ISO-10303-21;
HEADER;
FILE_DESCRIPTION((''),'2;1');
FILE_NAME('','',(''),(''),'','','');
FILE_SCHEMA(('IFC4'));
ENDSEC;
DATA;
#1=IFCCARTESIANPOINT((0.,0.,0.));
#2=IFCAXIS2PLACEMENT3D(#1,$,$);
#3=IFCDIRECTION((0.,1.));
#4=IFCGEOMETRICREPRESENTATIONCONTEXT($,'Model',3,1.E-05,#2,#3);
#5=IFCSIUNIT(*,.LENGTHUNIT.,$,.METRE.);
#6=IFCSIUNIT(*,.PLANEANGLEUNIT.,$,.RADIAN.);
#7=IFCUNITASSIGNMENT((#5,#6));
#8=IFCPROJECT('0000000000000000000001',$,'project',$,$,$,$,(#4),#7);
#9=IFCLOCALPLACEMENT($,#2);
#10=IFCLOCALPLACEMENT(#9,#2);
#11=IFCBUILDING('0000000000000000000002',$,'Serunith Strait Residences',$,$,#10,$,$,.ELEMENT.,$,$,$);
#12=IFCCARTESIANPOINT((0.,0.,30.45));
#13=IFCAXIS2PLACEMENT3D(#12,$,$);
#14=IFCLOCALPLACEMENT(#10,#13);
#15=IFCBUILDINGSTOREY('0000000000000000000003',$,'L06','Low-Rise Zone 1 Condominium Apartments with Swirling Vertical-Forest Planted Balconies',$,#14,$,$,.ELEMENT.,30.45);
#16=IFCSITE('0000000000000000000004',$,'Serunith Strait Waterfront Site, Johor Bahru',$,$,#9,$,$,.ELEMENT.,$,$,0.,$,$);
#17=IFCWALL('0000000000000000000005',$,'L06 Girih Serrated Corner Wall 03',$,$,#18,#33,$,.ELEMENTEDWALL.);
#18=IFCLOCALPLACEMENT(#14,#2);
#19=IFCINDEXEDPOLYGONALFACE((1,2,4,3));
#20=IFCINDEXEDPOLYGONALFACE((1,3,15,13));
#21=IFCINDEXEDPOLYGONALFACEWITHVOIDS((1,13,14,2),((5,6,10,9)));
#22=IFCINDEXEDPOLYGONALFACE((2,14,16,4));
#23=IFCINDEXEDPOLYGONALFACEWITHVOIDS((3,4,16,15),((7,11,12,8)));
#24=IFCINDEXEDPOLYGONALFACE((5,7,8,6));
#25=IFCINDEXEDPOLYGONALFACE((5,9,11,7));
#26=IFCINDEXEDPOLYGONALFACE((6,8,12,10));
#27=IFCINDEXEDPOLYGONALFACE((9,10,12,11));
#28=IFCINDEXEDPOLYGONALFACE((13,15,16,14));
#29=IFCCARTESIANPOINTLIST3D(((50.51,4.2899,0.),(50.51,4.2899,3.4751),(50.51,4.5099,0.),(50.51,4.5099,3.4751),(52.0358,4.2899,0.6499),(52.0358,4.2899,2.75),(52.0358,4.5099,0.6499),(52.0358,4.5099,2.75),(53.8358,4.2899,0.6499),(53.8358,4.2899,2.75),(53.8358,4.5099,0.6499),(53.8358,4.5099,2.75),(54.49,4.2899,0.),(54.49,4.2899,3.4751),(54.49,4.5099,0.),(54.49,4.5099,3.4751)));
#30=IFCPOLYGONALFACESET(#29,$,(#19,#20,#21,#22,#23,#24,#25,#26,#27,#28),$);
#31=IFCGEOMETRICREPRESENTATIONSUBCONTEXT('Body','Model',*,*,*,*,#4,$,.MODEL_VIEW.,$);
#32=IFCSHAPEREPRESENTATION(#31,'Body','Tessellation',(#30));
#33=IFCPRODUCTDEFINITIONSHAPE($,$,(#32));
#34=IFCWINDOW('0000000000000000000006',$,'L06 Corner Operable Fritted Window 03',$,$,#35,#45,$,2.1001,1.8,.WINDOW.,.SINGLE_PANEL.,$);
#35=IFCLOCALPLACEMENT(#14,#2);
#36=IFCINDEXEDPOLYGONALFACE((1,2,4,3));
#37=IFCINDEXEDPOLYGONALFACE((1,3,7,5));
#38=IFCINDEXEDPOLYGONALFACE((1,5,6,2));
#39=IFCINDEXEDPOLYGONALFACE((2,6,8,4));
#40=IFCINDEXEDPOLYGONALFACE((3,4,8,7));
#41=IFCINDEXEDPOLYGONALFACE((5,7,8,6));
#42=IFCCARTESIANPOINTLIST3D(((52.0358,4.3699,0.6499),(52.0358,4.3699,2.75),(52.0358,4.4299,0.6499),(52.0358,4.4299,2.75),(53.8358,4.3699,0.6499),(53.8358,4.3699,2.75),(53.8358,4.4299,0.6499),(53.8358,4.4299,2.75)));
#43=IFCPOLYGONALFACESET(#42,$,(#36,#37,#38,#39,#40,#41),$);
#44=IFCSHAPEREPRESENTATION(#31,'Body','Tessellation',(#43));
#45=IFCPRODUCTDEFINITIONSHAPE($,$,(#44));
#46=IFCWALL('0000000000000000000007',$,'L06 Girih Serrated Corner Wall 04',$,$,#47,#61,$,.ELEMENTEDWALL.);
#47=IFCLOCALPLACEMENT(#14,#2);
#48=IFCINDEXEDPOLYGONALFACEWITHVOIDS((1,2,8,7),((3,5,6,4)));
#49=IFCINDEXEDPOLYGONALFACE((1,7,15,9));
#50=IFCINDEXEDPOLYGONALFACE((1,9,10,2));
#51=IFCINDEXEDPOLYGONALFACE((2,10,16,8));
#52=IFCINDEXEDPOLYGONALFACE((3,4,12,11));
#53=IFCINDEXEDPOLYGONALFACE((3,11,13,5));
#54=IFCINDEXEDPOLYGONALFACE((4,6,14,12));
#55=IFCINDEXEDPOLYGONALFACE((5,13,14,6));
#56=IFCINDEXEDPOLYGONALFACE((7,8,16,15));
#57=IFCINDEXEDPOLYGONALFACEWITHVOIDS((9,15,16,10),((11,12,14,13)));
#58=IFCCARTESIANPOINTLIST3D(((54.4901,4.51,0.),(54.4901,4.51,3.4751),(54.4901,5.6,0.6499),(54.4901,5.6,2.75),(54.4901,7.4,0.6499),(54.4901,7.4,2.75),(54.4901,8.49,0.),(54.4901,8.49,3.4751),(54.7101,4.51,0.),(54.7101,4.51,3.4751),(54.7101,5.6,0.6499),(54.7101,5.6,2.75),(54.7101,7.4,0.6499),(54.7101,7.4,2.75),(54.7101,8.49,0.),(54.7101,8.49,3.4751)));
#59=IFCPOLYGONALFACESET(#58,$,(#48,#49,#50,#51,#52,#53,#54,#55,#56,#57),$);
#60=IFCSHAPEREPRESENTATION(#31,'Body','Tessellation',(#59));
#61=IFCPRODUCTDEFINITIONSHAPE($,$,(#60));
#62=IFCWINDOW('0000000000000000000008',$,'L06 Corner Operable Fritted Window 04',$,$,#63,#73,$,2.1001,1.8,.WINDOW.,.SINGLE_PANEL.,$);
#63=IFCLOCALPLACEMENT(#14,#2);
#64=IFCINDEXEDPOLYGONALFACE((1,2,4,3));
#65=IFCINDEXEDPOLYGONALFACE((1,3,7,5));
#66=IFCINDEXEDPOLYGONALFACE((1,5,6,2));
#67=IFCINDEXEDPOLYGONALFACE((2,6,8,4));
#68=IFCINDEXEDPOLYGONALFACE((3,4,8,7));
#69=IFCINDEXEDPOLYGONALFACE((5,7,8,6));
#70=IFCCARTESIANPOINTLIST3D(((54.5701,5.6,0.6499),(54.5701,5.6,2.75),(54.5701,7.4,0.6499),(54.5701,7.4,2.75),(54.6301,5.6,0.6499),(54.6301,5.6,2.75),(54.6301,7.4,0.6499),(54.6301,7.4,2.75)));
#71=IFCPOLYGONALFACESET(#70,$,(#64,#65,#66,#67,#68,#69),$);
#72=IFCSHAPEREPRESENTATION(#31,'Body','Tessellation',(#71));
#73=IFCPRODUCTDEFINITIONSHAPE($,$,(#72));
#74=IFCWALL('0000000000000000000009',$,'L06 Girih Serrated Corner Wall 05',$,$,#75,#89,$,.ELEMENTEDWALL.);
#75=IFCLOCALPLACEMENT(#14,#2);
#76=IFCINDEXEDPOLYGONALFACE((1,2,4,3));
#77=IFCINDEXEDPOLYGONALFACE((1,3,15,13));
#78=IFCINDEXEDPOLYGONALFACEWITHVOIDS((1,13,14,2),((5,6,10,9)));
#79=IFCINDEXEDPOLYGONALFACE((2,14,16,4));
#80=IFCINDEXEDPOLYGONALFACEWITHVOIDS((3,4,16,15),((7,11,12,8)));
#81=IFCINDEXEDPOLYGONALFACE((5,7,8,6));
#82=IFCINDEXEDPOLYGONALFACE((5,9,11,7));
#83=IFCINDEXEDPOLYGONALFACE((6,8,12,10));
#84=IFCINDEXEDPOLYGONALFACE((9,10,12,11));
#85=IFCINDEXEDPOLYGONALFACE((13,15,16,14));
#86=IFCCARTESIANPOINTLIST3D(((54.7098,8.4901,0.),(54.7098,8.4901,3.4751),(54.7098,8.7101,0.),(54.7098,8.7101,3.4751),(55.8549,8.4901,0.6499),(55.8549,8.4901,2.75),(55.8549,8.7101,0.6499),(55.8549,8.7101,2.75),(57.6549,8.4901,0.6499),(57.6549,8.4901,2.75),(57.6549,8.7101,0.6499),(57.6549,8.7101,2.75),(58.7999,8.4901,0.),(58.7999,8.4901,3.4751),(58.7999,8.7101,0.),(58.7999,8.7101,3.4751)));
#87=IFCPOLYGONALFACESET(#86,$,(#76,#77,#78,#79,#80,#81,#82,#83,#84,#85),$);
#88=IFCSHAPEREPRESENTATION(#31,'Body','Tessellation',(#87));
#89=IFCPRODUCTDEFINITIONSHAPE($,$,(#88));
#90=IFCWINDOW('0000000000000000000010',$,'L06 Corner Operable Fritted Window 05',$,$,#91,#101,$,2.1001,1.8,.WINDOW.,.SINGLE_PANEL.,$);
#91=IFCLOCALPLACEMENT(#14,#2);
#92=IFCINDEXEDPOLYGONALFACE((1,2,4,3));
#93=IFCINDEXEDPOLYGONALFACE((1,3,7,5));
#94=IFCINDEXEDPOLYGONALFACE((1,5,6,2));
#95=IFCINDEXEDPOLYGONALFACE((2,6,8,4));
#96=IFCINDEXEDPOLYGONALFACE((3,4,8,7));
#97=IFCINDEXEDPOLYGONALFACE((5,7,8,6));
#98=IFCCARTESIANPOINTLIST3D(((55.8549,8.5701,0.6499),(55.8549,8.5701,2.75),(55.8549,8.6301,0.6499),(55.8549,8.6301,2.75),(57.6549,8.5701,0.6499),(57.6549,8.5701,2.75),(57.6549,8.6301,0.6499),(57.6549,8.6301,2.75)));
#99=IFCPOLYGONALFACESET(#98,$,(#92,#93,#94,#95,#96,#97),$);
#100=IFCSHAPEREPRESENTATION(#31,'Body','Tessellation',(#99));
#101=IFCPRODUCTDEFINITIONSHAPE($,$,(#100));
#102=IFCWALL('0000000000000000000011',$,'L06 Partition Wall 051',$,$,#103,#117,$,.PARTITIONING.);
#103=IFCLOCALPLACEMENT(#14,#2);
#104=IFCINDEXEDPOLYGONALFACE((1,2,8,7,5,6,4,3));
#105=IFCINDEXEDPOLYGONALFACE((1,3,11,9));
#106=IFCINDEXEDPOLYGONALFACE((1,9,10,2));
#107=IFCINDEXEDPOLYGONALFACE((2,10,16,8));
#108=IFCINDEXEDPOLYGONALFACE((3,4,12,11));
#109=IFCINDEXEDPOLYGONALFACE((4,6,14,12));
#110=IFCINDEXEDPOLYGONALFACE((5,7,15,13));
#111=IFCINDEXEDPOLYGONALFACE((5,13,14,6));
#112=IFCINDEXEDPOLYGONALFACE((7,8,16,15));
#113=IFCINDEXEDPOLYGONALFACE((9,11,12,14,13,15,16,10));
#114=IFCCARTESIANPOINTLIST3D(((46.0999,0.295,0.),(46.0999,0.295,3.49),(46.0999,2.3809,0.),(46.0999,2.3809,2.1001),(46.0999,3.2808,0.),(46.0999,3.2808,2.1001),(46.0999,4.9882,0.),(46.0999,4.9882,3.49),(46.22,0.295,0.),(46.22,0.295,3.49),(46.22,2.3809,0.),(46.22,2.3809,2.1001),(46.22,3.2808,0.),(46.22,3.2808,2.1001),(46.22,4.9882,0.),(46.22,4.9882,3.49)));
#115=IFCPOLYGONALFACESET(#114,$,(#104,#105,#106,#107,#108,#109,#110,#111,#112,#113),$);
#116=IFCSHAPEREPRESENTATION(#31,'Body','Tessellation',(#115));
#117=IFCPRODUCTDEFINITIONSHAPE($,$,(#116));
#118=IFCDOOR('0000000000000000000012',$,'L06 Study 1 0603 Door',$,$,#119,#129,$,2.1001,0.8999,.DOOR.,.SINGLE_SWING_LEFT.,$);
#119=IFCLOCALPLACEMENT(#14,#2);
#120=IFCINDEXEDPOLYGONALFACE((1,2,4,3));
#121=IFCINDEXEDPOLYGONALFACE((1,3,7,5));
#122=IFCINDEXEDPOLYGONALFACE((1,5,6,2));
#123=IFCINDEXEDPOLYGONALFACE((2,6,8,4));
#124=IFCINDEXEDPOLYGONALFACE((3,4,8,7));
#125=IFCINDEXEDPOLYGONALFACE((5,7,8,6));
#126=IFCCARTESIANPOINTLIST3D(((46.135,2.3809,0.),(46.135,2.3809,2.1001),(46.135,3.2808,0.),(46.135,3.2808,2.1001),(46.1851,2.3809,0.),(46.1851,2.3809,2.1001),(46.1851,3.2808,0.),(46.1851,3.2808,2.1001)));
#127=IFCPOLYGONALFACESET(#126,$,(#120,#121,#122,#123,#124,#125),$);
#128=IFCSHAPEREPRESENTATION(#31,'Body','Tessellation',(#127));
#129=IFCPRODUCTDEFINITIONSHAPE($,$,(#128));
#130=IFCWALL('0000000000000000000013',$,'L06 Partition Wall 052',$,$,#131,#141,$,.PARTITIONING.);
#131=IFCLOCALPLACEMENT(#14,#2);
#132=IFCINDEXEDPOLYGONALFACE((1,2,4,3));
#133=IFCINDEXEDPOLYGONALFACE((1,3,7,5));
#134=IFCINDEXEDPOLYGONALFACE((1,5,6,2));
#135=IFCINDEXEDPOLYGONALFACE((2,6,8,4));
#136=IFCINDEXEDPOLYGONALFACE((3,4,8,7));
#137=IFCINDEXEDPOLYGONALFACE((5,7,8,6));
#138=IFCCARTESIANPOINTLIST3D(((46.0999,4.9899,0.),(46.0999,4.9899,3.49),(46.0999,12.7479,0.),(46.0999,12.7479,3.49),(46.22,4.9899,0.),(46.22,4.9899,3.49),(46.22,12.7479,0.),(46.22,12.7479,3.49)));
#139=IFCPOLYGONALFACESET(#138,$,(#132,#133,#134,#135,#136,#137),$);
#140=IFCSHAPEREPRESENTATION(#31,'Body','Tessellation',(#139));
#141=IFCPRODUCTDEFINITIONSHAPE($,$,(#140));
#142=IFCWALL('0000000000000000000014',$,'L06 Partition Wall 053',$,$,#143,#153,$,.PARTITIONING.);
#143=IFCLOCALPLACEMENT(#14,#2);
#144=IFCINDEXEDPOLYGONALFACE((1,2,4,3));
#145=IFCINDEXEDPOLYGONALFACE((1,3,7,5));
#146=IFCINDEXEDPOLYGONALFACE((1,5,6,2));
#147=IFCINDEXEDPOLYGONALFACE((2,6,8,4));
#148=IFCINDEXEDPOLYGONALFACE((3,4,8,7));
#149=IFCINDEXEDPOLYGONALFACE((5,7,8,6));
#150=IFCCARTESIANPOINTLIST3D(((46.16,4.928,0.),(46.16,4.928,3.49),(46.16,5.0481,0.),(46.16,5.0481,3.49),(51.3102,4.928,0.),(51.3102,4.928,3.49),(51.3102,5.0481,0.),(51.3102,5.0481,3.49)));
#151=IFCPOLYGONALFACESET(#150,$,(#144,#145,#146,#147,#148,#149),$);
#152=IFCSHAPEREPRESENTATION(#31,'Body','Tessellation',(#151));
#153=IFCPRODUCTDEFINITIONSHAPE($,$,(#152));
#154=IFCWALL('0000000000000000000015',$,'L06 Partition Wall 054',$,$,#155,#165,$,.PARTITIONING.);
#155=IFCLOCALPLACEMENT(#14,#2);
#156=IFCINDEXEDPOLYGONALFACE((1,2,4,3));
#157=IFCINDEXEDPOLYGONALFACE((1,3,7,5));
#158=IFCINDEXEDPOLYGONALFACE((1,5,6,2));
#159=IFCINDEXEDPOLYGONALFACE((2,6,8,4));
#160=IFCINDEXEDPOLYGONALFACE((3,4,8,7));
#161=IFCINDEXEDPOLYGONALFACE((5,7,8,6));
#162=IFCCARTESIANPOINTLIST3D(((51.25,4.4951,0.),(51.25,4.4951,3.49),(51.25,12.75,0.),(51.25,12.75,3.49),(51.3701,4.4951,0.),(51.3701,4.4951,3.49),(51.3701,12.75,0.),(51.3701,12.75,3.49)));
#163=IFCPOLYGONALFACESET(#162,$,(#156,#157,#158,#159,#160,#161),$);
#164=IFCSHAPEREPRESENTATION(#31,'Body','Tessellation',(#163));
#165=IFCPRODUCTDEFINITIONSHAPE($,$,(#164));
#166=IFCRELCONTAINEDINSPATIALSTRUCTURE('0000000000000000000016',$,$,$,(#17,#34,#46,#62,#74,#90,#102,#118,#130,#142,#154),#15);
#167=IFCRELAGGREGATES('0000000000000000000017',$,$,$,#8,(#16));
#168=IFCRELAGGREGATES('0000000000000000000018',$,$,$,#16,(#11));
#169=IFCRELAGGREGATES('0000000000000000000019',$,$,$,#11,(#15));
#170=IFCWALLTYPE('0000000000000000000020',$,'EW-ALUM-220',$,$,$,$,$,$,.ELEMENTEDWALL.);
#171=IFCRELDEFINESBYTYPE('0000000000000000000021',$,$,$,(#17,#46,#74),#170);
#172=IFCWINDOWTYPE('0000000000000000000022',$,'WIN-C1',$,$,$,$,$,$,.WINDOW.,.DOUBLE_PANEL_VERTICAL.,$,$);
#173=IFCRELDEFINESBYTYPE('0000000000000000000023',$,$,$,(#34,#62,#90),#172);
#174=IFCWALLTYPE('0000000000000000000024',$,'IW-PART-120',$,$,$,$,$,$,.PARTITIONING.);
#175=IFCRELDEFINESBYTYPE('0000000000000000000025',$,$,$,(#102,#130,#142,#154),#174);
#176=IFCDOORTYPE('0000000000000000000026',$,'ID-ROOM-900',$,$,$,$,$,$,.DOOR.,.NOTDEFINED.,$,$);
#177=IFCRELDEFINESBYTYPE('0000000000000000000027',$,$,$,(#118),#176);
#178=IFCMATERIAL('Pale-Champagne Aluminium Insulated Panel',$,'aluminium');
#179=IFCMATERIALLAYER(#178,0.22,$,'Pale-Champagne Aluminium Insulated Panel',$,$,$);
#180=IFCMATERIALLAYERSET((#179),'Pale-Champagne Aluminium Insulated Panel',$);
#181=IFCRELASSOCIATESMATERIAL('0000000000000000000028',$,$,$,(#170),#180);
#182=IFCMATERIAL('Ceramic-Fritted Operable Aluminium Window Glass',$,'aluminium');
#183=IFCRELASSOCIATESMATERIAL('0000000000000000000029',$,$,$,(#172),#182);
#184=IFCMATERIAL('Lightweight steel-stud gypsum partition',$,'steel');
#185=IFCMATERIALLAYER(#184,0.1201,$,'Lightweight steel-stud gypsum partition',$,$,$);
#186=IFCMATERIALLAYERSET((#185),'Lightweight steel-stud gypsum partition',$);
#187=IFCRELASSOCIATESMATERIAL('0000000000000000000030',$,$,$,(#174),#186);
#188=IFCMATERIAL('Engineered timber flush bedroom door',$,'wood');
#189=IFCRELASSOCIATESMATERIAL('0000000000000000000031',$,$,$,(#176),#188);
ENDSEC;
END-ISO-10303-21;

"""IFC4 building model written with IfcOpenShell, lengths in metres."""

from ifc_helpers import new_model, si_unit, direction, frame, frame_2d, origin, place, context, subcontext, project, spatial, rectangle, extrude, source, transform, mapped, material, layer, layer_set, type_object, element, fill, save


model = new_model("IFC4")

# Units and contexts
model_context = context("Model", 3, precision=1e-05, world=origin(), true_north=direction((0.0, 1.0)))
body_context = subcontext(model_context, "Body", "Model", "MODEL_VIEW")
ifc_project = project(units=[si_unit("LENGTHUNIT", "METRE"), si_unit("PLANEANGLEUNIT", "RADIAN")], contexts=[model_context])

# Site, building, storey
site_placement = place(None, origin())
site = spatial("IfcSite", under=ifc_project, at=site_placement, Name="Serunith Strait Waterfront Site, Johor Bahru", CompositionType="ELEMENT", RefElevation=0.0)
building_placement = place(site_placement, origin())
building = spatial("IfcBuilding", under=site, at=building_placement, Name="Serunith Strait Residences", CompositionType="ELEMENT")
storey_placement = place(building_placement, frame((0.0, 0.0, 30.45)))
storey = spatial("IfcBuildingStorey", under=building, at=storey_placement, Name="L06", Description="Low-Rise Zone 1 Condominium Apartments with Swirling Vertical-Forest Planted Balconies", CompositionType="ELEMENT", Elevation=30.45)

# Walls, openings, windows
ifc_material_1 = material(Name="Pale-Champagne Aluminium Insulated Panel", Category="aluminium")
ifc_layer_1 = layer(ifc_material_1, 0.22, Name="Pale-Champagne Aluminium Insulated Panel")
ifc_layer_set_1 = layer_set([ifc_layer_1], Name="Pale-Champagne Aluminium Insulated Panel")
wall_type_1 = type_object("IfcWallType", Name="EW-ALUM-220", PredefinedType="ELEMENTEDWALL", material=ifc_layer_set_1)
ifc_material_2 = material(Name="Ceramic-Fritted Operable Aluminium Window Glass", Category="aluminium")
window_type = type_object("IfcWindowType", Name="WIN-C1", PartitioningType="DOUBLE_PANEL_VERTICAL", PredefinedType="WINDOW", material=ifc_material_2)
shared_shape_1 = source(origin(), body_context, "Body", "SweptSolid", [
    extrude(rectangle(XDim=1.8, YDim=2.1001, at=frame_2d((0.8999, 1.05))), frame((0.0, 0.03, 0.0), z_axis=(0.0, -1.0, 0.0), x_axis=(1.0, 0.0, 0.0)), (0.0, 0.0, 1.0), 0.0601),
])
wall_1_placement = place(storey_placement, frame((50.51, 4.3999, 0.0), z_axis=(0.0, 0.0, 1.0), x_axis=(1.0, 0.0, 0.0)))
wall_1 = element("IfcWall", 1, at=wall_1_placement, inside=storey, type_object=wall_type_1, Name="L06 Girih Serrated Corner Wall 03", PredefinedType="ELEMENTEDWALL", context=body_context, shape_type="SweptSolid", body=[
    extrude(rectangle(XDim=3.98, YDim=0.22, at=frame_2d((1.99, 0.0))), origin(), (0.0, 0.0, 1.0), 3.4751),
])
opening_1_placement = place(wall_1_placement, frame((1.5259, 0.0, 0.6499)))
opening_1 = element("IfcOpeningElement", 2, at=opening_1_placement, cuts=wall_1, PredefinedType="OPENING", context=body_context, shape_type="SweptSolid", body=[
    extrude(rectangle(XDim=1.8, YDim=2.1001, at=frame_2d((0.8999, 1.05))), frame((0.0, 0.1201, 0.0), z_axis=(0.0, -1.0, 0.0), x_axis=(1.0, 0.0, 0.0)), (0.0, 0.0, 1.0), 0.24),
])
window_1_placement = place(opening_1_placement, origin())
window_1 = element("IfcWindow", 3, at=window_1_placement, inside=storey, type_object=window_type, Name="L06 Corner Operable Fritted Window 03", OverallHeight=2.1001, OverallWidth=1.8, PartitioningType="SINGLE_PANEL", PredefinedType="WINDOW", context=body_context, shape_type="MappedRepresentation", body=[
    mapped(shared_shape_1, transform((0.0, 0.0, 0.0), scale=1.0)),
])
fill(opening_1, window_1)
wall_2_placement = place(storey_placement, frame((54.6001, 4.51, 0.0), z_axis=(0.0, 0.0, 1.0), x_axis=(0.0, 1.0, 0.0)))
wall_2 = element("IfcWall", 4, at=wall_2_placement, inside=storey, type_object=wall_type_1, Name="L06 Girih Serrated Corner Wall 04", PredefinedType="ELEMENTEDWALL", context=body_context, shape_type="SweptSolid", body=[
    extrude(rectangle(XDim=3.98, YDim=0.22, at=frame_2d((1.99, 0.0))), origin(), (0.0, 0.0, 1.0), 3.4751),
])
opening_2_placement = place(wall_2_placement, frame((1.0901, 0.0, 0.6499)))
opening_2 = element("IfcOpeningElement", 5, at=opening_2_placement, cuts=wall_2, PredefinedType="OPENING", context=body_context, shape_type="SweptSolid", body=[
    extrude(rectangle(XDim=1.8, YDim=2.1001, at=frame_2d((0.8999, 1.05))), frame((0.0, 0.1201, 0.0), z_axis=(0.0, -1.0, 0.0), x_axis=(1.0, 0.0, 0.0)), (0.0, 0.0, 1.0), 0.24),
])
window_2_placement = place(opening_2_placement, origin())
window_2 = element("IfcWindow", 6, at=window_2_placement, inside=storey, type_object=window_type, Name="L06 Corner Operable Fritted Window 04", OverallHeight=2.1001, OverallWidth=1.8, PartitioningType="SINGLE_PANEL", PredefinedType="WINDOW", context=body_context, shape_type="MappedRepresentation", body=[
    mapped(shared_shape_1, transform((0.0, 0.0, 0.0), scale=1.0)),
])
fill(opening_2, window_2)
wall_3_placement = place(storey_placement, frame((54.71, 8.6001, 0.0), z_axis=(0.0, 0.0, 1.0), x_axis=(1.0, 0.0, 0.0)))
wall_3 = element("IfcWall", 7, at=wall_3_placement, inside=storey, type_object=wall_type_1, Name="L06 Girih Serrated Corner Wall 05", PredefinedType="ELEMENTEDWALL", context=body_context, shape_type="SweptSolid", body=[
    extrude(rectangle(XDim=4.0901, YDim=0.22, at=frame_2d((2.0449, 0.0))), origin(), (0.0, 0.0, 1.0), 3.4751),
])
opening_3_placement = place(wall_3_placement, frame((1.145, 0.0, 0.6499)))
opening_3 = element("IfcOpeningElement", 8, at=opening_3_placement, cuts=wall_3, PredefinedType="OPENING", context=body_context, shape_type="SweptSolid", body=[
    extrude(rectangle(XDim=1.8, YDim=2.1001, at=frame_2d((0.8999, 1.05))), frame((0.0, 0.1201, 0.0), z_axis=(0.0, -1.0, 0.0), x_axis=(1.0, 0.0, 0.0)), (0.0, 0.0, 1.0), 0.24),
])
window_3_placement = place(opening_3_placement, origin())
window_3 = element("IfcWindow", 9, at=window_3_placement, inside=storey, type_object=window_type, Name="L06 Corner Operable Fritted Window 05", OverallHeight=2.1001, OverallWidth=1.8, PartitioningType="SINGLE_PANEL", PredefinedType="WINDOW", context=body_context, shape_type="MappedRepresentation", body=[
    mapped(shared_shape_1, transform((0.0, 0.0, 0.0), scale=1.0)),
])
fill(opening_3, window_3)

# Wall, opening, door
ifc_material_3 = material(Name="Lightweight steel-stud gypsum partition", Category="steel")
ifc_layer_2 = layer(ifc_material_3, 0.1201, Name="Lightweight steel-stud gypsum partition")
ifc_layer_set_2 = layer_set([ifc_layer_2], Name="Lightweight steel-stud gypsum partition")
wall_type_2 = type_object("IfcWallType", Name="IW-PART-120", PredefinedType="PARTITIONING", material=ifc_layer_set_2)
wall_4_placement = place(storey_placement, frame((46.1599, 0.2949, 0.0), z_axis=(0.0, 0.0, 1.0), x_axis=(0.0, 1.0, 0.0)))
wall_4 = element("IfcWall", 10, at=wall_4_placement, inside=storey, type_object=wall_type_2, Name="L06 Partition Wall 051", PredefinedType="PARTITIONING", context=body_context, shape_type="SweptSolid", body=[
    extrude(rectangle(XDim=4.6931, YDim=0.1201, at=frame_2d((2.3467, 0.0))), origin(), (0.0, 0.0, 1.0), 3.49),
])
opening_4_placement = place(wall_4_placement, frame((2.0859, 0.0, 0.0)))
opening_4 = element("IfcOpeningElement", 11, at=opening_4_placement, cuts=wall_4, PredefinedType="OPENING", context=body_context, shape_type="SweptSolid", body=[
    extrude(rectangle(XDim=0.8999, YDim=2.1001, at=frame_2d((0.45, 1.05))), frame((0.0, 0.0701, 0.0), z_axis=(0.0, -1.0, 0.0), x_axis=(1.0, 0.0, 0.0)), (0.0, 0.0, 1.0), 0.1401),
])
ifc_material_4 = material(Name="Engineered timber flush bedroom door", Category="wood")
door_type = type_object("IfcDoorType", Name="ID-ROOM-900", OperationType="NOTDEFINED", PredefinedType="DOOR", material=ifc_material_4)
shared_shape_2 = source(origin(), body_context, "Body", "SweptSolid", [
    extrude(rectangle(XDim=0.8999, YDim=2.1001, at=frame_2d((0.45, 1.05))), frame((0.0, 0.0249, 0.0), z_axis=(0.0, -1.0, 0.0), x_axis=(1.0, 0.0, 0.0)), (0.0, 0.0, 1.0), 0.05),
])
door_placement = place(opening_4_placement, origin())
door = element("IfcDoor", 12, at=door_placement, inside=storey, type_object=door_type, Name="L06 Study 1 0603 Door", OperationType="SINGLE_SWING_LEFT", OverallHeight=2.1001, OverallWidth=0.8999, PredefinedType="DOOR", context=body_context, shape_type="MappedRepresentation", body=[
    mapped(shared_shape_2, transform((0.0, 0.0, 0.0), scale=1.0)),
])
fill(opening_4, door)

# Walls
wall_5_placement = place(storey_placement, frame((46.1599, 4.99, 0.0), z_axis=(0.0, 0.0, 1.0), x_axis=(0.0, 1.0, 0.0)))
element("IfcWall", 13, at=wall_5_placement, inside=storey, type_object=wall_type_2, Name="L06 Partition Wall 052", PredefinedType="PARTITIONING", context=body_context, shape_type="SweptSolid", body=[
    extrude(rectangle(XDim=7.7581, YDim=0.1201, at=frame_2d((3.8789, 0.0))), origin(), (0.0, 0.0, 1.0), 3.49),
])
wall_6_placement = place(storey_placement, frame((46.1599, 4.988, 0.0), z_axis=(0.0, 0.0, 1.0), x_axis=(1.0, 0.0, 0.0)))
element("IfcWall", 14, at=wall_6_placement, inside=storey, type_object=wall_type_2, Name="L06 Partition Wall 053", PredefinedType="PARTITIONING", context=body_context, shape_type="SweptSolid", body=[
    extrude(rectangle(XDim=5.1501, YDim=0.1201, at=frame_2d((2.5752, 0.0))), origin(), (0.0, 0.0, 1.0), 3.49),
])
wall_7_placement = place(storey_placement, frame((51.3101, 4.4951, 0.0), z_axis=(0.0, 0.0, 1.0), x_axis=(0.0, 1.0, 0.0)))
element("IfcWall", 15, at=wall_7_placement, inside=storey, type_object=wall_type_2, Name="L06 Partition Wall 054", PredefinedType="PARTITIONING", context=body_context, shape_type="SweptSolid", body=[
    extrude(rectangle(XDim=8.2549, YDim=0.1201, at=frame_2d((4.1274, 0.0))), origin(), (0.0, 0.0, 1.0), 3.49),
])

save(model, "model.ifc")
